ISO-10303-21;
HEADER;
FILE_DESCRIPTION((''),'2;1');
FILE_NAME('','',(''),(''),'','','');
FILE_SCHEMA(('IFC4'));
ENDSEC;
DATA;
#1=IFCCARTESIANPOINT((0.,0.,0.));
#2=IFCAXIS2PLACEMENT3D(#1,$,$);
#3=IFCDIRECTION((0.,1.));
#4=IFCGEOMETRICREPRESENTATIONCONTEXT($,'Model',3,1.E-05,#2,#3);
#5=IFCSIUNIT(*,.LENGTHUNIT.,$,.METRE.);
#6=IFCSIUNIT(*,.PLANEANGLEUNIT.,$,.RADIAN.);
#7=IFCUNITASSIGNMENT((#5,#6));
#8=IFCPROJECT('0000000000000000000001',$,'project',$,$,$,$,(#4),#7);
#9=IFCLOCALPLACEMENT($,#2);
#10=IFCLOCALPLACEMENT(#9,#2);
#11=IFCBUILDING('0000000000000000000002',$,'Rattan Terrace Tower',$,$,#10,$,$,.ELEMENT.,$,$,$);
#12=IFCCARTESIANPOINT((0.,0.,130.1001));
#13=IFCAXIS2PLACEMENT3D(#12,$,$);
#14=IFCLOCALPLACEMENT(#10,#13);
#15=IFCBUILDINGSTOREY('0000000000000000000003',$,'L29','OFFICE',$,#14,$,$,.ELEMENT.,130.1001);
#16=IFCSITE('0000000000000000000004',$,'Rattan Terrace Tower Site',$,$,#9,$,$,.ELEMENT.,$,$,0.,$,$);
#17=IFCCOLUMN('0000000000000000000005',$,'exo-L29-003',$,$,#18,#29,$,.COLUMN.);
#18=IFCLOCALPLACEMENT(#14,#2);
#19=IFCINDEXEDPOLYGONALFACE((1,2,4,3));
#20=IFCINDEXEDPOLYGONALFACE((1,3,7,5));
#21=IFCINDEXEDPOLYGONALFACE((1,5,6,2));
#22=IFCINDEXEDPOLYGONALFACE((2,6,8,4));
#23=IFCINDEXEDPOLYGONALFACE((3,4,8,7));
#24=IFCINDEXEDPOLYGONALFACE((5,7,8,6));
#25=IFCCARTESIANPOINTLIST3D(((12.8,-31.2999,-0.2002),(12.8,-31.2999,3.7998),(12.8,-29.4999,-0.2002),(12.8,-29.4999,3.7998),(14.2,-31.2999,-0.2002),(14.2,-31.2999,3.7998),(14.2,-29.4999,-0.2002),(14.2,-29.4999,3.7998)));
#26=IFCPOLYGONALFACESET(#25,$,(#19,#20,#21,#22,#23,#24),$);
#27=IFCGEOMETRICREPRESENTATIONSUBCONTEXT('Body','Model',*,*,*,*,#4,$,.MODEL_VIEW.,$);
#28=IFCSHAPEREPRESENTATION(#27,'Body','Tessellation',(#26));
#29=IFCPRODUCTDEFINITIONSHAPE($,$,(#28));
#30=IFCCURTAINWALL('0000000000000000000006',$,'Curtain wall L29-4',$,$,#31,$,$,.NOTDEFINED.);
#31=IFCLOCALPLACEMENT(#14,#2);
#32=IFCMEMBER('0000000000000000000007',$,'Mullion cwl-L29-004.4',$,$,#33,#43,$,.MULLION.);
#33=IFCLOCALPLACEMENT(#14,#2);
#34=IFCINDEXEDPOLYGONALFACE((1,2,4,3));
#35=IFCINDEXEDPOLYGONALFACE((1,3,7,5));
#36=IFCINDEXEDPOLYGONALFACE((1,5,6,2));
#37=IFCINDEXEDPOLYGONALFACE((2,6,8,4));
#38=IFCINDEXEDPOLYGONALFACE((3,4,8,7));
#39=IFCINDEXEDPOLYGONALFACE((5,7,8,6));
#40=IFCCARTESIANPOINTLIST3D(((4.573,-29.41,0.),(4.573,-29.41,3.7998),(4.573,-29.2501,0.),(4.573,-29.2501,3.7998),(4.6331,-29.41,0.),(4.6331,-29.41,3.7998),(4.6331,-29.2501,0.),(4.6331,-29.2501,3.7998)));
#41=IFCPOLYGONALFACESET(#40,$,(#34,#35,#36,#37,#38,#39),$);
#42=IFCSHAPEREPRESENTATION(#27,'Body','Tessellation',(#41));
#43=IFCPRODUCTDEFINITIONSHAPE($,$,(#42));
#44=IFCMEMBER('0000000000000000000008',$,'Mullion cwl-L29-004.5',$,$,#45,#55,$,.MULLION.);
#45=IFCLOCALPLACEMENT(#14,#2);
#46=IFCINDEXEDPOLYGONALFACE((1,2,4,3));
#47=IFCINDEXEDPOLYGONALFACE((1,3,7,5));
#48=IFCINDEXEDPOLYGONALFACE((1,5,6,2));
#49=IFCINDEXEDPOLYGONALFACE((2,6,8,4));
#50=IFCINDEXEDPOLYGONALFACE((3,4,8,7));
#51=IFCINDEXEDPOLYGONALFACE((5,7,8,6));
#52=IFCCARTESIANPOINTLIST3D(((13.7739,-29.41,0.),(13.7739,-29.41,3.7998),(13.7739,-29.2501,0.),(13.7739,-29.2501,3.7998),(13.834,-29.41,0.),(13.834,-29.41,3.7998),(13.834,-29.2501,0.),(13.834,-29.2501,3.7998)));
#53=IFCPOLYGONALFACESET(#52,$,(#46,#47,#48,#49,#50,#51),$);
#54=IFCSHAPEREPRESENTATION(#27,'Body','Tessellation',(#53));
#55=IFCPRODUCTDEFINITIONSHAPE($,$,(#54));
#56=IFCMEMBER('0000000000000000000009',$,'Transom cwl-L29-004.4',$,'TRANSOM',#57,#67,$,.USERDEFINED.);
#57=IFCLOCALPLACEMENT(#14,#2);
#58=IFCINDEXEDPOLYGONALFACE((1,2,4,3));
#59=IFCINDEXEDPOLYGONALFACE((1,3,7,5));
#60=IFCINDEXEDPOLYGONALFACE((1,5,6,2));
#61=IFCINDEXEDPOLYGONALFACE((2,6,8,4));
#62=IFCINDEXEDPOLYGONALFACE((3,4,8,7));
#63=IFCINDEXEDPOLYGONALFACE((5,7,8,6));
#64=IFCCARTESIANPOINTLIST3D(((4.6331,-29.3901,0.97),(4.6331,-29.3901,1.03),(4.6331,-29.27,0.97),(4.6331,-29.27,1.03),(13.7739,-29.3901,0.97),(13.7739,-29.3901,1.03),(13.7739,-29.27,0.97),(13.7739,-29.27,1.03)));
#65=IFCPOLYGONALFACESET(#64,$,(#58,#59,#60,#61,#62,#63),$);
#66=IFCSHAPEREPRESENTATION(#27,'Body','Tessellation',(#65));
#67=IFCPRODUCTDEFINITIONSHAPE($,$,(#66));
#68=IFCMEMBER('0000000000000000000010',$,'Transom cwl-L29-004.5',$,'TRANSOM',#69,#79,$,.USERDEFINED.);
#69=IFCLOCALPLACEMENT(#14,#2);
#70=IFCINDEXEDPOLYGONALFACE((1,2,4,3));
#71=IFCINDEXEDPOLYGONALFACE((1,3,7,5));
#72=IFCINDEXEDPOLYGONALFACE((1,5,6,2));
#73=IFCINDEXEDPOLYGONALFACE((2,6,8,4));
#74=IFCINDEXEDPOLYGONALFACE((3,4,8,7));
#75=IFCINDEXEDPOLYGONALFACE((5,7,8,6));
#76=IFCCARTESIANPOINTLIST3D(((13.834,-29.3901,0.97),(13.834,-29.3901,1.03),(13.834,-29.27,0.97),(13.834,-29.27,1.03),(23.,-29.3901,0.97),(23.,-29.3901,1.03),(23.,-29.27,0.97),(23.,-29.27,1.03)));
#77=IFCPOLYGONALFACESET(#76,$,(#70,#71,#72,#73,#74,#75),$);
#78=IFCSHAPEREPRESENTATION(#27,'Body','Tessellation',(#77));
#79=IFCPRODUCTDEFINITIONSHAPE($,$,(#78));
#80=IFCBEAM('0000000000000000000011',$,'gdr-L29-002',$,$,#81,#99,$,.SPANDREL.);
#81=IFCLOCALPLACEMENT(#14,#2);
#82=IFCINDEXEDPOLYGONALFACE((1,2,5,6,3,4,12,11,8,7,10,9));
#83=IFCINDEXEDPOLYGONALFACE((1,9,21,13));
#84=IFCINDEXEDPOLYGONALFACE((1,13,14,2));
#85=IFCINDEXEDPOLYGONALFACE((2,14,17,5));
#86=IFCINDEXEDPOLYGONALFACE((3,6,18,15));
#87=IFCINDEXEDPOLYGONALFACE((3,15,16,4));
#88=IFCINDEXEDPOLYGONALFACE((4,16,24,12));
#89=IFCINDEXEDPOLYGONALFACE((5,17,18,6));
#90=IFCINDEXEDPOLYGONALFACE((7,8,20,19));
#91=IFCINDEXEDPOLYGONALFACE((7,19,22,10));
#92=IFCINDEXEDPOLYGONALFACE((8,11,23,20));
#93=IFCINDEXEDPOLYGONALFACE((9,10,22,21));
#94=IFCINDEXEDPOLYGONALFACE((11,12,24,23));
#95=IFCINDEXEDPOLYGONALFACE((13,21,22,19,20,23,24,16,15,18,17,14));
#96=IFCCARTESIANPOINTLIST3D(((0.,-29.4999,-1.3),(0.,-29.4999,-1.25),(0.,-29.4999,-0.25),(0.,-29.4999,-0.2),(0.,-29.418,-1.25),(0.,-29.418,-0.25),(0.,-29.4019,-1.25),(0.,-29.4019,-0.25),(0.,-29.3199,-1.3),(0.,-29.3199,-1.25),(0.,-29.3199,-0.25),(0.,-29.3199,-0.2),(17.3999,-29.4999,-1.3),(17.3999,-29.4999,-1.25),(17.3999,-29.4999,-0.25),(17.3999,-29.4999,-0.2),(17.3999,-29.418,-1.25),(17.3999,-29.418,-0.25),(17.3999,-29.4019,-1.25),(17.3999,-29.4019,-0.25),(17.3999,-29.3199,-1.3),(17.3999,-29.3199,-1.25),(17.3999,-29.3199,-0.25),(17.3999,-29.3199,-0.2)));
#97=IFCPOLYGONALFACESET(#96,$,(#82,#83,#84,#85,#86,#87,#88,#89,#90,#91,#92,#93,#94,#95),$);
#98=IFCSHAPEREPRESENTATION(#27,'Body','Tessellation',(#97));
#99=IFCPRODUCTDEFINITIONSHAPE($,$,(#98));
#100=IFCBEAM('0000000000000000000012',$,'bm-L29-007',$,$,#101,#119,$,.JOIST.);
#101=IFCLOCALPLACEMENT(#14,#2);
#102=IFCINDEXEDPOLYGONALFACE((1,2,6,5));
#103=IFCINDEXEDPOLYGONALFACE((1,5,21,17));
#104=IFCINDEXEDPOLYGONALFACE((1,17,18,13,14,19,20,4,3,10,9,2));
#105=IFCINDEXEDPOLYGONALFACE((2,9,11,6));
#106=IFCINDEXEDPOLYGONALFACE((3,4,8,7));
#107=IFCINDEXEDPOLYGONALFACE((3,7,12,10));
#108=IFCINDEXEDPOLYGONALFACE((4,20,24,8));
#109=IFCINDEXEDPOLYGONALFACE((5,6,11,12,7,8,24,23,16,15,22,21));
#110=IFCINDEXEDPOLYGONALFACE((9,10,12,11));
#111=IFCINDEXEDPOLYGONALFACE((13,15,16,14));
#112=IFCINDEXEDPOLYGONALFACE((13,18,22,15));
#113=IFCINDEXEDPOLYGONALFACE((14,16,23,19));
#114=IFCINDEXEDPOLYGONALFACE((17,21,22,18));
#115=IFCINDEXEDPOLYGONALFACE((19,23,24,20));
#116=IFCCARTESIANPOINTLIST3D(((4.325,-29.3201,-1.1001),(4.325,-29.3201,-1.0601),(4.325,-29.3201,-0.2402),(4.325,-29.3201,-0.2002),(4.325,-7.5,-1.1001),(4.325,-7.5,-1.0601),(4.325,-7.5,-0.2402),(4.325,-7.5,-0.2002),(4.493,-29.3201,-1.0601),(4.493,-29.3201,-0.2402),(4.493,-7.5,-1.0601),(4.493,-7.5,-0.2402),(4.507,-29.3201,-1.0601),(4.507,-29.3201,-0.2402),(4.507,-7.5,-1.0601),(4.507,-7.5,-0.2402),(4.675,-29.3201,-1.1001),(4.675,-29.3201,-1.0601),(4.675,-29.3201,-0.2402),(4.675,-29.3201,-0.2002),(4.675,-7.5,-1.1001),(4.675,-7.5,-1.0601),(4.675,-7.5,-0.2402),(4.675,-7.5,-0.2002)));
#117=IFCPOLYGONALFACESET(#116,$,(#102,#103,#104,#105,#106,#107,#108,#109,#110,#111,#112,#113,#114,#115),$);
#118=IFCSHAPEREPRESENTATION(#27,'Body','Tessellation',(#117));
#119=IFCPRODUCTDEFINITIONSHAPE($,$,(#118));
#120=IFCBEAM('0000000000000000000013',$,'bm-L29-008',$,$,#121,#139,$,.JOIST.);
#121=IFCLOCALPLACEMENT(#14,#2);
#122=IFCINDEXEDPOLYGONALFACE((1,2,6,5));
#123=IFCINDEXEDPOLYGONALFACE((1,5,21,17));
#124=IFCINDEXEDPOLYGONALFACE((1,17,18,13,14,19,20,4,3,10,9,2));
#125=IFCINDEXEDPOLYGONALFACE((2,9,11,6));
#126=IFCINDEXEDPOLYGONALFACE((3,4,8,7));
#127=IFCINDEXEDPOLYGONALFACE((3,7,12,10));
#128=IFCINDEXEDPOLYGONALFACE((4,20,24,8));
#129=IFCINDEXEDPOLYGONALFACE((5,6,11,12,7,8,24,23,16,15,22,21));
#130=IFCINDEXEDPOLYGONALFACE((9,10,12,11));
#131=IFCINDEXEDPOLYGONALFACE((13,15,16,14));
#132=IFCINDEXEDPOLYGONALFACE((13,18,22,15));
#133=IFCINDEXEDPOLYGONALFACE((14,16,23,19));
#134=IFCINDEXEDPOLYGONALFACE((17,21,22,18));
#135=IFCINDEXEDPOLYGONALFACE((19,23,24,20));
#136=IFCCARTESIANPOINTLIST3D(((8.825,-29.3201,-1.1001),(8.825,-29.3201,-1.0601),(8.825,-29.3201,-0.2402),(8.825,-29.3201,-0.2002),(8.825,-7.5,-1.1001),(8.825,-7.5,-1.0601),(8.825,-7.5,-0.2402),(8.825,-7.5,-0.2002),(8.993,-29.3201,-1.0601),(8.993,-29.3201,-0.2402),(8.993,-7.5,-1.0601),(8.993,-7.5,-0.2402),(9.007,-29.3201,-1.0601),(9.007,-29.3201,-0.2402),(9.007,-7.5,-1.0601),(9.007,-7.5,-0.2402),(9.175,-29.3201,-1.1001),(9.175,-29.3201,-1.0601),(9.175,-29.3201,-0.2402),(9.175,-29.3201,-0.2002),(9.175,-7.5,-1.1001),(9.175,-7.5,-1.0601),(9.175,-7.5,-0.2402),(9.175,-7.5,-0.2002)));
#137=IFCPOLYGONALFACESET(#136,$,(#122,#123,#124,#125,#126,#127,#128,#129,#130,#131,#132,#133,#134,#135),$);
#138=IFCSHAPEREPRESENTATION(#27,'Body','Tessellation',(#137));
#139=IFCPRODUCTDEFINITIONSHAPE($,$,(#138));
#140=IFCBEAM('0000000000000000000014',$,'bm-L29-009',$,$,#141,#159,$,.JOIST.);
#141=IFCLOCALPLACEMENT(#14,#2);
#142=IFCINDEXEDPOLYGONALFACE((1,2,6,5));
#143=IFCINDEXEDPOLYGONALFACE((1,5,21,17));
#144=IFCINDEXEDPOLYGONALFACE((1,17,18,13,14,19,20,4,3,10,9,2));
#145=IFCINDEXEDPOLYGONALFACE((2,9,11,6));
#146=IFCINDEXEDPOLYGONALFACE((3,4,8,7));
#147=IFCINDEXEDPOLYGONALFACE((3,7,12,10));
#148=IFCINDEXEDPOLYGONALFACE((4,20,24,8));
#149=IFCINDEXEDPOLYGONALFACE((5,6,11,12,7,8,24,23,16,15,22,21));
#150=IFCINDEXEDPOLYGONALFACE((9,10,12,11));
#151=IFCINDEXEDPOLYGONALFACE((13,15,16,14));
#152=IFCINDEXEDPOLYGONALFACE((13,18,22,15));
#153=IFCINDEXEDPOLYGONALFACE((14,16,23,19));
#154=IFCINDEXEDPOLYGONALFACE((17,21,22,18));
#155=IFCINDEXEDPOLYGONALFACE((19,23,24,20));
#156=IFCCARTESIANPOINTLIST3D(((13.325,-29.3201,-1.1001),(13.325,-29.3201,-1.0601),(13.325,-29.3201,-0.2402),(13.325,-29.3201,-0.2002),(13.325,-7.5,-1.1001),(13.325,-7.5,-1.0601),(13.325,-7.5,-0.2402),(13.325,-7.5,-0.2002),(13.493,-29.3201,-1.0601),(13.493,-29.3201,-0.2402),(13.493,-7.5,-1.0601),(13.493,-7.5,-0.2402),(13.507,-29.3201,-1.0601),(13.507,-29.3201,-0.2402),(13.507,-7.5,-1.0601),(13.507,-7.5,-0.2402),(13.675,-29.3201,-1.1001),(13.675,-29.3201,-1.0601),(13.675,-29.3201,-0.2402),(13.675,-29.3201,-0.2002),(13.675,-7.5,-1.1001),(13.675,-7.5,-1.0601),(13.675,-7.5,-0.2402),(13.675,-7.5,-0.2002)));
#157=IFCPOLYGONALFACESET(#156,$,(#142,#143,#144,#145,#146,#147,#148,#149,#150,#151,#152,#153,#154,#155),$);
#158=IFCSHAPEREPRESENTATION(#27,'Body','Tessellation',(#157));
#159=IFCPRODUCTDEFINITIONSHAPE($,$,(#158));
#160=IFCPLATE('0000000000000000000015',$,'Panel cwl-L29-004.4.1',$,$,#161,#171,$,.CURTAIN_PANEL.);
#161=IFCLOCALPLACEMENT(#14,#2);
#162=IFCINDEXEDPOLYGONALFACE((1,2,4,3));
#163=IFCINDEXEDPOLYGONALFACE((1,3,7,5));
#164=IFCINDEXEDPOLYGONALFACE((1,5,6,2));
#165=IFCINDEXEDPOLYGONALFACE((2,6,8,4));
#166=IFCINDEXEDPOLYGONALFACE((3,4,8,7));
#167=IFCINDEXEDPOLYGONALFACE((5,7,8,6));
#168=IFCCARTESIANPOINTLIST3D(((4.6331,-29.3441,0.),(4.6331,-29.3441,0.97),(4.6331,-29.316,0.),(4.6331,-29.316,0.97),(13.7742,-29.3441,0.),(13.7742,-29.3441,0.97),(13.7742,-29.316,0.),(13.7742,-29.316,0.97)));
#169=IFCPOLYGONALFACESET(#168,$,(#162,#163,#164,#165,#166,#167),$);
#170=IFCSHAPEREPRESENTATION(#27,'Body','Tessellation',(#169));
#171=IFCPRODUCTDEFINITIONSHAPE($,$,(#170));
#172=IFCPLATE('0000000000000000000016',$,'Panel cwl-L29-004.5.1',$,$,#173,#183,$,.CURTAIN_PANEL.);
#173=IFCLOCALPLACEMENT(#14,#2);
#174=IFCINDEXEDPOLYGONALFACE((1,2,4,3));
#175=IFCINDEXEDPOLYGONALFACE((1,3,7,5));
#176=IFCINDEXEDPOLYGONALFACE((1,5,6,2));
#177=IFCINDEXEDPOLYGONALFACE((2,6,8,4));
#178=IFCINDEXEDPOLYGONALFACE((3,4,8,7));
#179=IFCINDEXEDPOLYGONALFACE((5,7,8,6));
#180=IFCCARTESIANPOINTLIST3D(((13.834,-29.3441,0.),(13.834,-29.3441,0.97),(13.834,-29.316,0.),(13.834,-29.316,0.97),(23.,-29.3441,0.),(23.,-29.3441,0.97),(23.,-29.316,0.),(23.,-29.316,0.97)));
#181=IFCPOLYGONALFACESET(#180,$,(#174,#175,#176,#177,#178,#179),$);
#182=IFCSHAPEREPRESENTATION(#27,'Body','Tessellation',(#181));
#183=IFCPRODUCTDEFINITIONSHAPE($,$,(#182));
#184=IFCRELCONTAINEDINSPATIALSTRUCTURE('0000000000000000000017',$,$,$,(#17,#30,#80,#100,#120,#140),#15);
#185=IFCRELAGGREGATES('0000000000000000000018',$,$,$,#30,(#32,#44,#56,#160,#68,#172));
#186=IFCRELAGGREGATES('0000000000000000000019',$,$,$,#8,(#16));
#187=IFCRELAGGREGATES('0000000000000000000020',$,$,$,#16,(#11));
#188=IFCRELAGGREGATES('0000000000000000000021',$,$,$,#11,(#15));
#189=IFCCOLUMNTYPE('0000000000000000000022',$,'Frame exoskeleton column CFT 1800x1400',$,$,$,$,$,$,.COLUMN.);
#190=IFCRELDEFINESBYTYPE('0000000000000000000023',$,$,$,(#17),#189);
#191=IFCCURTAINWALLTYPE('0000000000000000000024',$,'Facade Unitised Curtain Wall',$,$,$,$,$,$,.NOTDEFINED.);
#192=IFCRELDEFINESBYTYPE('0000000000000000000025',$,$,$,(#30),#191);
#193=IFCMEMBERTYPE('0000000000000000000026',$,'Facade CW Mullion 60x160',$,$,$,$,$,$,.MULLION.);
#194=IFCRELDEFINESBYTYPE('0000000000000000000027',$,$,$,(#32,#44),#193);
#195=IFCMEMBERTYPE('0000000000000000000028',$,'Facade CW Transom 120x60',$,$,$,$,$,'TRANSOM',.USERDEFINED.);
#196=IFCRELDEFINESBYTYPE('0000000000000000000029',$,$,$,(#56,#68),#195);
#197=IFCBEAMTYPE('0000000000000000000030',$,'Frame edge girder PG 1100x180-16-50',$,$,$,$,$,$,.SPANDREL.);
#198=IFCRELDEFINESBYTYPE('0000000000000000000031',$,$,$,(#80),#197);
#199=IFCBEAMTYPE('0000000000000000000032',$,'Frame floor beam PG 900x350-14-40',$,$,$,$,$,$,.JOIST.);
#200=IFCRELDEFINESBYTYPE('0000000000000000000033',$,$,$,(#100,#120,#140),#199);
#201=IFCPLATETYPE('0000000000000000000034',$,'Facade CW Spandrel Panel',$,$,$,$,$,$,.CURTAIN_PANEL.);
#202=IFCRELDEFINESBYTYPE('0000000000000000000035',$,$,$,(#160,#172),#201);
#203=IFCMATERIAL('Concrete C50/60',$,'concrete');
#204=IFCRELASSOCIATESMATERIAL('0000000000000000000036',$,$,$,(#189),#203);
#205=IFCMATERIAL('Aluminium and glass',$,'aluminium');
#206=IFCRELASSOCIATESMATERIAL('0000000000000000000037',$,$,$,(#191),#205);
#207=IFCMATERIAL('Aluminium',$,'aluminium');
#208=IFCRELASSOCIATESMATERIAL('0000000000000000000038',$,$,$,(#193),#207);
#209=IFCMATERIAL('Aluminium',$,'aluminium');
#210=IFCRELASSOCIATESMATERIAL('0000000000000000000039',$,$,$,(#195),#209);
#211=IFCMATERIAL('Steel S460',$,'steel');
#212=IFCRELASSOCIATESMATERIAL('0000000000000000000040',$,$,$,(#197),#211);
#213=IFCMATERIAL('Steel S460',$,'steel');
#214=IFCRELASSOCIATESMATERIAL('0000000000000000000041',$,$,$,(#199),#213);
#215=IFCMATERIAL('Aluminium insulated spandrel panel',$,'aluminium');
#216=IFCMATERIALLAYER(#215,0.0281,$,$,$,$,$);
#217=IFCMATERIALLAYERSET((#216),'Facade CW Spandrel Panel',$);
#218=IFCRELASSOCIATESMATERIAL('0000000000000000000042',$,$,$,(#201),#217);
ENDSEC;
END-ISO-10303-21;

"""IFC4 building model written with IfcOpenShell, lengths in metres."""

from ifc_helpers import new_model, si_unit, direction, frame, origin, origin_2d, place, context, subcontext, project, spatial, rectangle, i_section, extrude, material, layer, layer_set, material_profile, profile_set, type_object, element, aggregate, save


model = new_model("IFC4")

# Units and contexts
model_context = context("Model", 3, precision=1e-05, world=origin(), true_north=direction((0.0, 1.0)))
body_context = subcontext(model_context, "Body", "Model", "MODEL_VIEW")
ifc_project = project(units=[si_unit("LENGTHUNIT", "METRE"), si_unit("PLANEANGLEUNIT", "RADIAN")], contexts=[model_context])

# Site, building, storey
site_placement = place(None, origin())
site = spatial("IfcSite", under=ifc_project, at=site_placement, Name="Rattan Terrace Tower Site", CompositionType="ELEMENT", RefElevation=0.0)
building_placement = place(site_placement, origin())
building = spatial("IfcBuilding", under=site, at=building_placement, Name="Rattan Terrace Tower", CompositionType="ELEMENT")
storey_placement = place(building_placement, frame((0.0, 0.0, 130.1001)))
storey = spatial("IfcBuildingStorey", under=building, at=storey_placement, Name="L29", Description="OFFICE", CompositionType="ELEMENT", Elevation=130.1001)

# Column
ifc_material_1 = material(Name="Concrete C50/60", Category="concrete")
ifc_material_profile_1 = material_profile(ifc_material_1, rectangle(XDim=1.3999, YDim=1.8, at=origin_2d()), Name="CFT 1800x1400")
ifc_profile_set_1 = profile_set([ifc_material_profile_1], Name="Concrete C50/60")
column_type = type_object("IfcColumnType", Name="Frame exoskeleton column CFT 1800x1400", PredefinedType="COLUMN", material=ifc_profile_set_1)
column_placement = place(storey_placement, frame((13.5, -30.3999, -0.2002), z_axis=(0.0, 0.0, 1.0), x_axis=(1.0, 0.0, 0.0)))
element("IfcColumn", 1, at=column_placement, inside=storey, type_object=column_type, Name="exo-L29-003", PredefinedType="COLUMN", context=body_context, shape_type="SweptSolid", body=[
    extrude(rectangle(XDim=1.3999, YDim=1.8, at=origin_2d()), origin(), (0.0, 0.0, 1.0), 4.0),
])

# Curtain wall, members
ifc_material_2 = material(Name="Aluminium and glass", Category="aluminium")
curtain_wall_type = type_object("IfcCurtainWallType", Name="Facade Unitised Curtain Wall", PredefinedType="NOTDEFINED", material=ifc_material_2)
curtain_wall_placement = place(storey_placement, origin())
curtain_wall = element("IfcCurtainWall", 2, at=curtain_wall_placement, inside=storey, type_object=curtain_wall_type, Name="Curtain wall L29-4", PredefinedType="NOTDEFINED")
ifc_material_3 = material(Name="Aluminium", Category="aluminium")
ifc_material_profile_2 = material_profile(ifc_material_3, rectangle(XDim=0.0601, YDim=0.1599, at=origin_2d()), Name="Aluminium 60x160")
ifc_profile_set_2 = profile_set([ifc_material_profile_2], Name="Aluminium")
member_type_1 = type_object("IfcMemberType", Name="Facade CW Mullion 60x160", PredefinedType="MULLION", material=ifc_profile_set_2)
member_1_placement = place(storey_placement, frame((4.603, -29.3301, 0.0), z_axis=(0.0, 0.0, 1.0), x_axis=(1.0, 0.0, 0.0)))
member_1 = element("IfcMember", 3, at=member_1_placement, type_object=member_type_1, Name="Mullion cwl-L29-004.4", PredefinedType="MULLION", context=body_context, shape_type="SweptSolid", body=[
    extrude(rectangle(XDim=0.0601, YDim=0.1599, at=origin_2d()), origin(), (0.0, 0.0, 1.0), 3.7998),
])
member_2_placement = place(storey_placement, frame((13.804, -29.3301, 0.0), z_axis=(0.0, 0.0, 1.0), x_axis=(1.0, 0.0, 0.0)))
member_2 = element("IfcMember", 4, at=member_2_placement, type_object=member_type_1, Name="Mullion cwl-L29-004.5", PredefinedType="MULLION", context=body_context, shape_type="SweptSolid", body=[
    extrude(rectangle(XDim=0.0601, YDim=0.1599, at=origin_2d()), origin(), (0.0, 0.0, 1.0), 3.7998),
])
ifc_material_4 = material(Name="Aluminium", Category="aluminium")
ifc_material_profile_3 = material_profile(ifc_material_4, rectangle(XDim=0.1201, YDim=0.0601, at=origin_2d()), Name="Aluminium 120x60")
ifc_profile_set_3 = profile_set([ifc_material_profile_3], Name="Aluminium")
member_type_2 = type_object("IfcMemberType", Name="Facade CW Transom 120x60", ElementType="TRANSOM", PredefinedType="USERDEFINED", material=ifc_profile_set_3)
member_3_placement = place(storey_placement, frame((4.6331, -29.3301, 1.0), z_axis=(1.0, 0.0, 0.0), x_axis=(0.0, 1.0, 0.0)))
member_3 = element("IfcMember", 5, at=member_3_placement, type_object=member_type_2, Name="Transom cwl-L29-004.4", ObjectType="TRANSOM", PredefinedType="USERDEFINED", context=body_context, shape_type="SweptSolid", body=[
    extrude(rectangle(XDim=0.1201, YDim=0.0601, at=origin_2d()), origin(), (0.0, 0.0, 1.0), 9.1409),
])
member_4_placement = place(storey_placement, frame((13.834, -29.3301, 1.0), z_axis=(1.0, 0.0, 0.0), x_axis=(0.0, 1.0, 0.0)))
member_4 = element("IfcMember", 6, at=member_4_placement, type_object=member_type_2, Name="Transom cwl-L29-004.5", ObjectType="TRANSOM", PredefinedType="USERDEFINED", context=body_context, shape_type="SweptSolid", body=[
    extrude(rectangle(XDim=0.1201, YDim=0.0601, at=origin_2d()), origin(), (0.0, 0.0, 1.0), 9.166),
])

# Beams
ifc_material_5 = material(Name="Steel S460", Category="steel")
ifc_material_profile_4 = material_profile(ifc_material_5, i_section(OverallWidth=0.1799, OverallDepth=1.1001, WebThickness=0.0161, FlangeThickness=0.05, at=origin_2d()), Name="PG 1100x180-16-50")
ifc_profile_set_4 = profile_set([ifc_material_profile_4], Name="Steel S460")
beam_type_1 = type_object("IfcBeamType", Name="Frame edge girder PG 1100x180-16-50", PredefinedType="SPANDREL", material=ifc_profile_set_4)
beam_placement = place(storey_placement, frame((17.3999, -29.4099, -0.75), z_axis=(-1.0, 0.0, 0.0), x_axis=(0.0, -1.0, 0.0)))
element("IfcBeam", 7, at=beam_placement, inside=storey, type_object=beam_type_1, Name="gdr-L29-002", PredefinedType="SPANDREL", context=body_context, shape_type="SweptSolid", body=[
    extrude(i_section(OverallWidth=0.1799, OverallDepth=1.1001, WebThickness=0.0161, FlangeThickness=0.05, at=origin_2d()), origin(), (0.0, 0.0, 1.0), 17.3999),
])
ifc_material_6 = material(Name="Steel S460", Category="steel")
ifc_material_profile_5 = material_profile(ifc_material_6, i_section(OverallWidth=0.3501, OverallDepth=0.8999, WebThickness=0.0139, FlangeThickness=0.04, at=origin_2d()), Name="PG 900x350-14-40")
ifc_profile_set_5 = profile_set([ifc_material_profile_5], Name="Steel S460")
beam_type_2 = type_object("IfcBeamType", Name="Frame floor beam PG 900x350-14-40", PredefinedType="JOIST", material=ifc_profile_set_5)
for number, where, z_axis, x_axis, name in (
    (8, (4.5, -29.3201, -0.6501), (0.0, 1.0, 0.0), (-1.0, 0.0, 0.0), "bm-L29-007"),
    (9, (9.0, -29.3201, -0.6501), (0.0, 1.0, 0.0), (-1.0, 0.0, 0.0), "bm-L29-008"),
    (10, (13.5, -29.3201, -0.6501), (0.0, 1.0, 0.0), (-1.0, 0.0, 0.0), "bm-L29-009"),
):
    element("IfcBeam", number, at=place(storey_placement, frame(where, z_axis=z_axis, x_axis=x_axis)), inside=storey, type_object=beam_type_2, Name=name, PredefinedType="JOIST", context=body_context, shape_type="SweptSolid", body=[
        extrude(i_section(OverallWidth=0.3501, OverallDepth=0.8999, WebThickness=0.0139, FlangeThickness=0.04, at=origin_2d()), origin(), (0.0, 0.0, 1.0), 21.8201),
    ])

# Plates
ifc_material_7 = material(Name="Aluminium insulated spandrel panel", Category="aluminium")
ifc_layer_1 = layer(ifc_material_7, 0.0281)
ifc_layer_set_1 = layer_set([ifc_layer_1], Name="Facade CW Spandrel Panel")
plate_type_1 = type_object("IfcPlateType", Name="Facade CW Spandrel Panel", PredefinedType="CURTAIN_PANEL", material=ifc_layer_set_1)
plate_1_placement = place(storey_placement, frame((9.2036, -29.3301, 0.0), z_axis=(0.0, 0.0, 1.0), x_axis=(1.0, 0.0, 0.0)))
plate_1 = element("IfcPlate", 11, at=plate_1_placement, type_object=plate_type_1, Name="Panel cwl-L29-004.4.1", PredefinedType="CURTAIN_PANEL", context=body_context, shape_type="SweptSolid", body=[
    extrude(rectangle(XDim=9.1411, YDim=0.0281, at=origin_2d()), origin(), (0.0, 0.0, 1.0), 0.97),
])
plate_2_placement = place(storey_placement, frame((18.417, -29.3301, 0.0), z_axis=(0.0, 0.0, 1.0), x_axis=(1.0, 0.0, 0.0)))
plate_2 = element("IfcPlate", 12, at=plate_2_placement, type_object=plate_type_1, Name="Panel cwl-L29-004.5.1", PredefinedType="CURTAIN_PANEL", context=body_context, shape_type="SweptSolid", body=[
    extrude(rectangle(XDim=9.166, YDim=0.0281, at=origin_2d()), origin(), (0.0, 0.0, 1.0), 0.97),
])
aggregate(curtain_wall, [member_1, member_2, member_3, plate_1, member_4, plate_2])

save(model, "model.ifc")
